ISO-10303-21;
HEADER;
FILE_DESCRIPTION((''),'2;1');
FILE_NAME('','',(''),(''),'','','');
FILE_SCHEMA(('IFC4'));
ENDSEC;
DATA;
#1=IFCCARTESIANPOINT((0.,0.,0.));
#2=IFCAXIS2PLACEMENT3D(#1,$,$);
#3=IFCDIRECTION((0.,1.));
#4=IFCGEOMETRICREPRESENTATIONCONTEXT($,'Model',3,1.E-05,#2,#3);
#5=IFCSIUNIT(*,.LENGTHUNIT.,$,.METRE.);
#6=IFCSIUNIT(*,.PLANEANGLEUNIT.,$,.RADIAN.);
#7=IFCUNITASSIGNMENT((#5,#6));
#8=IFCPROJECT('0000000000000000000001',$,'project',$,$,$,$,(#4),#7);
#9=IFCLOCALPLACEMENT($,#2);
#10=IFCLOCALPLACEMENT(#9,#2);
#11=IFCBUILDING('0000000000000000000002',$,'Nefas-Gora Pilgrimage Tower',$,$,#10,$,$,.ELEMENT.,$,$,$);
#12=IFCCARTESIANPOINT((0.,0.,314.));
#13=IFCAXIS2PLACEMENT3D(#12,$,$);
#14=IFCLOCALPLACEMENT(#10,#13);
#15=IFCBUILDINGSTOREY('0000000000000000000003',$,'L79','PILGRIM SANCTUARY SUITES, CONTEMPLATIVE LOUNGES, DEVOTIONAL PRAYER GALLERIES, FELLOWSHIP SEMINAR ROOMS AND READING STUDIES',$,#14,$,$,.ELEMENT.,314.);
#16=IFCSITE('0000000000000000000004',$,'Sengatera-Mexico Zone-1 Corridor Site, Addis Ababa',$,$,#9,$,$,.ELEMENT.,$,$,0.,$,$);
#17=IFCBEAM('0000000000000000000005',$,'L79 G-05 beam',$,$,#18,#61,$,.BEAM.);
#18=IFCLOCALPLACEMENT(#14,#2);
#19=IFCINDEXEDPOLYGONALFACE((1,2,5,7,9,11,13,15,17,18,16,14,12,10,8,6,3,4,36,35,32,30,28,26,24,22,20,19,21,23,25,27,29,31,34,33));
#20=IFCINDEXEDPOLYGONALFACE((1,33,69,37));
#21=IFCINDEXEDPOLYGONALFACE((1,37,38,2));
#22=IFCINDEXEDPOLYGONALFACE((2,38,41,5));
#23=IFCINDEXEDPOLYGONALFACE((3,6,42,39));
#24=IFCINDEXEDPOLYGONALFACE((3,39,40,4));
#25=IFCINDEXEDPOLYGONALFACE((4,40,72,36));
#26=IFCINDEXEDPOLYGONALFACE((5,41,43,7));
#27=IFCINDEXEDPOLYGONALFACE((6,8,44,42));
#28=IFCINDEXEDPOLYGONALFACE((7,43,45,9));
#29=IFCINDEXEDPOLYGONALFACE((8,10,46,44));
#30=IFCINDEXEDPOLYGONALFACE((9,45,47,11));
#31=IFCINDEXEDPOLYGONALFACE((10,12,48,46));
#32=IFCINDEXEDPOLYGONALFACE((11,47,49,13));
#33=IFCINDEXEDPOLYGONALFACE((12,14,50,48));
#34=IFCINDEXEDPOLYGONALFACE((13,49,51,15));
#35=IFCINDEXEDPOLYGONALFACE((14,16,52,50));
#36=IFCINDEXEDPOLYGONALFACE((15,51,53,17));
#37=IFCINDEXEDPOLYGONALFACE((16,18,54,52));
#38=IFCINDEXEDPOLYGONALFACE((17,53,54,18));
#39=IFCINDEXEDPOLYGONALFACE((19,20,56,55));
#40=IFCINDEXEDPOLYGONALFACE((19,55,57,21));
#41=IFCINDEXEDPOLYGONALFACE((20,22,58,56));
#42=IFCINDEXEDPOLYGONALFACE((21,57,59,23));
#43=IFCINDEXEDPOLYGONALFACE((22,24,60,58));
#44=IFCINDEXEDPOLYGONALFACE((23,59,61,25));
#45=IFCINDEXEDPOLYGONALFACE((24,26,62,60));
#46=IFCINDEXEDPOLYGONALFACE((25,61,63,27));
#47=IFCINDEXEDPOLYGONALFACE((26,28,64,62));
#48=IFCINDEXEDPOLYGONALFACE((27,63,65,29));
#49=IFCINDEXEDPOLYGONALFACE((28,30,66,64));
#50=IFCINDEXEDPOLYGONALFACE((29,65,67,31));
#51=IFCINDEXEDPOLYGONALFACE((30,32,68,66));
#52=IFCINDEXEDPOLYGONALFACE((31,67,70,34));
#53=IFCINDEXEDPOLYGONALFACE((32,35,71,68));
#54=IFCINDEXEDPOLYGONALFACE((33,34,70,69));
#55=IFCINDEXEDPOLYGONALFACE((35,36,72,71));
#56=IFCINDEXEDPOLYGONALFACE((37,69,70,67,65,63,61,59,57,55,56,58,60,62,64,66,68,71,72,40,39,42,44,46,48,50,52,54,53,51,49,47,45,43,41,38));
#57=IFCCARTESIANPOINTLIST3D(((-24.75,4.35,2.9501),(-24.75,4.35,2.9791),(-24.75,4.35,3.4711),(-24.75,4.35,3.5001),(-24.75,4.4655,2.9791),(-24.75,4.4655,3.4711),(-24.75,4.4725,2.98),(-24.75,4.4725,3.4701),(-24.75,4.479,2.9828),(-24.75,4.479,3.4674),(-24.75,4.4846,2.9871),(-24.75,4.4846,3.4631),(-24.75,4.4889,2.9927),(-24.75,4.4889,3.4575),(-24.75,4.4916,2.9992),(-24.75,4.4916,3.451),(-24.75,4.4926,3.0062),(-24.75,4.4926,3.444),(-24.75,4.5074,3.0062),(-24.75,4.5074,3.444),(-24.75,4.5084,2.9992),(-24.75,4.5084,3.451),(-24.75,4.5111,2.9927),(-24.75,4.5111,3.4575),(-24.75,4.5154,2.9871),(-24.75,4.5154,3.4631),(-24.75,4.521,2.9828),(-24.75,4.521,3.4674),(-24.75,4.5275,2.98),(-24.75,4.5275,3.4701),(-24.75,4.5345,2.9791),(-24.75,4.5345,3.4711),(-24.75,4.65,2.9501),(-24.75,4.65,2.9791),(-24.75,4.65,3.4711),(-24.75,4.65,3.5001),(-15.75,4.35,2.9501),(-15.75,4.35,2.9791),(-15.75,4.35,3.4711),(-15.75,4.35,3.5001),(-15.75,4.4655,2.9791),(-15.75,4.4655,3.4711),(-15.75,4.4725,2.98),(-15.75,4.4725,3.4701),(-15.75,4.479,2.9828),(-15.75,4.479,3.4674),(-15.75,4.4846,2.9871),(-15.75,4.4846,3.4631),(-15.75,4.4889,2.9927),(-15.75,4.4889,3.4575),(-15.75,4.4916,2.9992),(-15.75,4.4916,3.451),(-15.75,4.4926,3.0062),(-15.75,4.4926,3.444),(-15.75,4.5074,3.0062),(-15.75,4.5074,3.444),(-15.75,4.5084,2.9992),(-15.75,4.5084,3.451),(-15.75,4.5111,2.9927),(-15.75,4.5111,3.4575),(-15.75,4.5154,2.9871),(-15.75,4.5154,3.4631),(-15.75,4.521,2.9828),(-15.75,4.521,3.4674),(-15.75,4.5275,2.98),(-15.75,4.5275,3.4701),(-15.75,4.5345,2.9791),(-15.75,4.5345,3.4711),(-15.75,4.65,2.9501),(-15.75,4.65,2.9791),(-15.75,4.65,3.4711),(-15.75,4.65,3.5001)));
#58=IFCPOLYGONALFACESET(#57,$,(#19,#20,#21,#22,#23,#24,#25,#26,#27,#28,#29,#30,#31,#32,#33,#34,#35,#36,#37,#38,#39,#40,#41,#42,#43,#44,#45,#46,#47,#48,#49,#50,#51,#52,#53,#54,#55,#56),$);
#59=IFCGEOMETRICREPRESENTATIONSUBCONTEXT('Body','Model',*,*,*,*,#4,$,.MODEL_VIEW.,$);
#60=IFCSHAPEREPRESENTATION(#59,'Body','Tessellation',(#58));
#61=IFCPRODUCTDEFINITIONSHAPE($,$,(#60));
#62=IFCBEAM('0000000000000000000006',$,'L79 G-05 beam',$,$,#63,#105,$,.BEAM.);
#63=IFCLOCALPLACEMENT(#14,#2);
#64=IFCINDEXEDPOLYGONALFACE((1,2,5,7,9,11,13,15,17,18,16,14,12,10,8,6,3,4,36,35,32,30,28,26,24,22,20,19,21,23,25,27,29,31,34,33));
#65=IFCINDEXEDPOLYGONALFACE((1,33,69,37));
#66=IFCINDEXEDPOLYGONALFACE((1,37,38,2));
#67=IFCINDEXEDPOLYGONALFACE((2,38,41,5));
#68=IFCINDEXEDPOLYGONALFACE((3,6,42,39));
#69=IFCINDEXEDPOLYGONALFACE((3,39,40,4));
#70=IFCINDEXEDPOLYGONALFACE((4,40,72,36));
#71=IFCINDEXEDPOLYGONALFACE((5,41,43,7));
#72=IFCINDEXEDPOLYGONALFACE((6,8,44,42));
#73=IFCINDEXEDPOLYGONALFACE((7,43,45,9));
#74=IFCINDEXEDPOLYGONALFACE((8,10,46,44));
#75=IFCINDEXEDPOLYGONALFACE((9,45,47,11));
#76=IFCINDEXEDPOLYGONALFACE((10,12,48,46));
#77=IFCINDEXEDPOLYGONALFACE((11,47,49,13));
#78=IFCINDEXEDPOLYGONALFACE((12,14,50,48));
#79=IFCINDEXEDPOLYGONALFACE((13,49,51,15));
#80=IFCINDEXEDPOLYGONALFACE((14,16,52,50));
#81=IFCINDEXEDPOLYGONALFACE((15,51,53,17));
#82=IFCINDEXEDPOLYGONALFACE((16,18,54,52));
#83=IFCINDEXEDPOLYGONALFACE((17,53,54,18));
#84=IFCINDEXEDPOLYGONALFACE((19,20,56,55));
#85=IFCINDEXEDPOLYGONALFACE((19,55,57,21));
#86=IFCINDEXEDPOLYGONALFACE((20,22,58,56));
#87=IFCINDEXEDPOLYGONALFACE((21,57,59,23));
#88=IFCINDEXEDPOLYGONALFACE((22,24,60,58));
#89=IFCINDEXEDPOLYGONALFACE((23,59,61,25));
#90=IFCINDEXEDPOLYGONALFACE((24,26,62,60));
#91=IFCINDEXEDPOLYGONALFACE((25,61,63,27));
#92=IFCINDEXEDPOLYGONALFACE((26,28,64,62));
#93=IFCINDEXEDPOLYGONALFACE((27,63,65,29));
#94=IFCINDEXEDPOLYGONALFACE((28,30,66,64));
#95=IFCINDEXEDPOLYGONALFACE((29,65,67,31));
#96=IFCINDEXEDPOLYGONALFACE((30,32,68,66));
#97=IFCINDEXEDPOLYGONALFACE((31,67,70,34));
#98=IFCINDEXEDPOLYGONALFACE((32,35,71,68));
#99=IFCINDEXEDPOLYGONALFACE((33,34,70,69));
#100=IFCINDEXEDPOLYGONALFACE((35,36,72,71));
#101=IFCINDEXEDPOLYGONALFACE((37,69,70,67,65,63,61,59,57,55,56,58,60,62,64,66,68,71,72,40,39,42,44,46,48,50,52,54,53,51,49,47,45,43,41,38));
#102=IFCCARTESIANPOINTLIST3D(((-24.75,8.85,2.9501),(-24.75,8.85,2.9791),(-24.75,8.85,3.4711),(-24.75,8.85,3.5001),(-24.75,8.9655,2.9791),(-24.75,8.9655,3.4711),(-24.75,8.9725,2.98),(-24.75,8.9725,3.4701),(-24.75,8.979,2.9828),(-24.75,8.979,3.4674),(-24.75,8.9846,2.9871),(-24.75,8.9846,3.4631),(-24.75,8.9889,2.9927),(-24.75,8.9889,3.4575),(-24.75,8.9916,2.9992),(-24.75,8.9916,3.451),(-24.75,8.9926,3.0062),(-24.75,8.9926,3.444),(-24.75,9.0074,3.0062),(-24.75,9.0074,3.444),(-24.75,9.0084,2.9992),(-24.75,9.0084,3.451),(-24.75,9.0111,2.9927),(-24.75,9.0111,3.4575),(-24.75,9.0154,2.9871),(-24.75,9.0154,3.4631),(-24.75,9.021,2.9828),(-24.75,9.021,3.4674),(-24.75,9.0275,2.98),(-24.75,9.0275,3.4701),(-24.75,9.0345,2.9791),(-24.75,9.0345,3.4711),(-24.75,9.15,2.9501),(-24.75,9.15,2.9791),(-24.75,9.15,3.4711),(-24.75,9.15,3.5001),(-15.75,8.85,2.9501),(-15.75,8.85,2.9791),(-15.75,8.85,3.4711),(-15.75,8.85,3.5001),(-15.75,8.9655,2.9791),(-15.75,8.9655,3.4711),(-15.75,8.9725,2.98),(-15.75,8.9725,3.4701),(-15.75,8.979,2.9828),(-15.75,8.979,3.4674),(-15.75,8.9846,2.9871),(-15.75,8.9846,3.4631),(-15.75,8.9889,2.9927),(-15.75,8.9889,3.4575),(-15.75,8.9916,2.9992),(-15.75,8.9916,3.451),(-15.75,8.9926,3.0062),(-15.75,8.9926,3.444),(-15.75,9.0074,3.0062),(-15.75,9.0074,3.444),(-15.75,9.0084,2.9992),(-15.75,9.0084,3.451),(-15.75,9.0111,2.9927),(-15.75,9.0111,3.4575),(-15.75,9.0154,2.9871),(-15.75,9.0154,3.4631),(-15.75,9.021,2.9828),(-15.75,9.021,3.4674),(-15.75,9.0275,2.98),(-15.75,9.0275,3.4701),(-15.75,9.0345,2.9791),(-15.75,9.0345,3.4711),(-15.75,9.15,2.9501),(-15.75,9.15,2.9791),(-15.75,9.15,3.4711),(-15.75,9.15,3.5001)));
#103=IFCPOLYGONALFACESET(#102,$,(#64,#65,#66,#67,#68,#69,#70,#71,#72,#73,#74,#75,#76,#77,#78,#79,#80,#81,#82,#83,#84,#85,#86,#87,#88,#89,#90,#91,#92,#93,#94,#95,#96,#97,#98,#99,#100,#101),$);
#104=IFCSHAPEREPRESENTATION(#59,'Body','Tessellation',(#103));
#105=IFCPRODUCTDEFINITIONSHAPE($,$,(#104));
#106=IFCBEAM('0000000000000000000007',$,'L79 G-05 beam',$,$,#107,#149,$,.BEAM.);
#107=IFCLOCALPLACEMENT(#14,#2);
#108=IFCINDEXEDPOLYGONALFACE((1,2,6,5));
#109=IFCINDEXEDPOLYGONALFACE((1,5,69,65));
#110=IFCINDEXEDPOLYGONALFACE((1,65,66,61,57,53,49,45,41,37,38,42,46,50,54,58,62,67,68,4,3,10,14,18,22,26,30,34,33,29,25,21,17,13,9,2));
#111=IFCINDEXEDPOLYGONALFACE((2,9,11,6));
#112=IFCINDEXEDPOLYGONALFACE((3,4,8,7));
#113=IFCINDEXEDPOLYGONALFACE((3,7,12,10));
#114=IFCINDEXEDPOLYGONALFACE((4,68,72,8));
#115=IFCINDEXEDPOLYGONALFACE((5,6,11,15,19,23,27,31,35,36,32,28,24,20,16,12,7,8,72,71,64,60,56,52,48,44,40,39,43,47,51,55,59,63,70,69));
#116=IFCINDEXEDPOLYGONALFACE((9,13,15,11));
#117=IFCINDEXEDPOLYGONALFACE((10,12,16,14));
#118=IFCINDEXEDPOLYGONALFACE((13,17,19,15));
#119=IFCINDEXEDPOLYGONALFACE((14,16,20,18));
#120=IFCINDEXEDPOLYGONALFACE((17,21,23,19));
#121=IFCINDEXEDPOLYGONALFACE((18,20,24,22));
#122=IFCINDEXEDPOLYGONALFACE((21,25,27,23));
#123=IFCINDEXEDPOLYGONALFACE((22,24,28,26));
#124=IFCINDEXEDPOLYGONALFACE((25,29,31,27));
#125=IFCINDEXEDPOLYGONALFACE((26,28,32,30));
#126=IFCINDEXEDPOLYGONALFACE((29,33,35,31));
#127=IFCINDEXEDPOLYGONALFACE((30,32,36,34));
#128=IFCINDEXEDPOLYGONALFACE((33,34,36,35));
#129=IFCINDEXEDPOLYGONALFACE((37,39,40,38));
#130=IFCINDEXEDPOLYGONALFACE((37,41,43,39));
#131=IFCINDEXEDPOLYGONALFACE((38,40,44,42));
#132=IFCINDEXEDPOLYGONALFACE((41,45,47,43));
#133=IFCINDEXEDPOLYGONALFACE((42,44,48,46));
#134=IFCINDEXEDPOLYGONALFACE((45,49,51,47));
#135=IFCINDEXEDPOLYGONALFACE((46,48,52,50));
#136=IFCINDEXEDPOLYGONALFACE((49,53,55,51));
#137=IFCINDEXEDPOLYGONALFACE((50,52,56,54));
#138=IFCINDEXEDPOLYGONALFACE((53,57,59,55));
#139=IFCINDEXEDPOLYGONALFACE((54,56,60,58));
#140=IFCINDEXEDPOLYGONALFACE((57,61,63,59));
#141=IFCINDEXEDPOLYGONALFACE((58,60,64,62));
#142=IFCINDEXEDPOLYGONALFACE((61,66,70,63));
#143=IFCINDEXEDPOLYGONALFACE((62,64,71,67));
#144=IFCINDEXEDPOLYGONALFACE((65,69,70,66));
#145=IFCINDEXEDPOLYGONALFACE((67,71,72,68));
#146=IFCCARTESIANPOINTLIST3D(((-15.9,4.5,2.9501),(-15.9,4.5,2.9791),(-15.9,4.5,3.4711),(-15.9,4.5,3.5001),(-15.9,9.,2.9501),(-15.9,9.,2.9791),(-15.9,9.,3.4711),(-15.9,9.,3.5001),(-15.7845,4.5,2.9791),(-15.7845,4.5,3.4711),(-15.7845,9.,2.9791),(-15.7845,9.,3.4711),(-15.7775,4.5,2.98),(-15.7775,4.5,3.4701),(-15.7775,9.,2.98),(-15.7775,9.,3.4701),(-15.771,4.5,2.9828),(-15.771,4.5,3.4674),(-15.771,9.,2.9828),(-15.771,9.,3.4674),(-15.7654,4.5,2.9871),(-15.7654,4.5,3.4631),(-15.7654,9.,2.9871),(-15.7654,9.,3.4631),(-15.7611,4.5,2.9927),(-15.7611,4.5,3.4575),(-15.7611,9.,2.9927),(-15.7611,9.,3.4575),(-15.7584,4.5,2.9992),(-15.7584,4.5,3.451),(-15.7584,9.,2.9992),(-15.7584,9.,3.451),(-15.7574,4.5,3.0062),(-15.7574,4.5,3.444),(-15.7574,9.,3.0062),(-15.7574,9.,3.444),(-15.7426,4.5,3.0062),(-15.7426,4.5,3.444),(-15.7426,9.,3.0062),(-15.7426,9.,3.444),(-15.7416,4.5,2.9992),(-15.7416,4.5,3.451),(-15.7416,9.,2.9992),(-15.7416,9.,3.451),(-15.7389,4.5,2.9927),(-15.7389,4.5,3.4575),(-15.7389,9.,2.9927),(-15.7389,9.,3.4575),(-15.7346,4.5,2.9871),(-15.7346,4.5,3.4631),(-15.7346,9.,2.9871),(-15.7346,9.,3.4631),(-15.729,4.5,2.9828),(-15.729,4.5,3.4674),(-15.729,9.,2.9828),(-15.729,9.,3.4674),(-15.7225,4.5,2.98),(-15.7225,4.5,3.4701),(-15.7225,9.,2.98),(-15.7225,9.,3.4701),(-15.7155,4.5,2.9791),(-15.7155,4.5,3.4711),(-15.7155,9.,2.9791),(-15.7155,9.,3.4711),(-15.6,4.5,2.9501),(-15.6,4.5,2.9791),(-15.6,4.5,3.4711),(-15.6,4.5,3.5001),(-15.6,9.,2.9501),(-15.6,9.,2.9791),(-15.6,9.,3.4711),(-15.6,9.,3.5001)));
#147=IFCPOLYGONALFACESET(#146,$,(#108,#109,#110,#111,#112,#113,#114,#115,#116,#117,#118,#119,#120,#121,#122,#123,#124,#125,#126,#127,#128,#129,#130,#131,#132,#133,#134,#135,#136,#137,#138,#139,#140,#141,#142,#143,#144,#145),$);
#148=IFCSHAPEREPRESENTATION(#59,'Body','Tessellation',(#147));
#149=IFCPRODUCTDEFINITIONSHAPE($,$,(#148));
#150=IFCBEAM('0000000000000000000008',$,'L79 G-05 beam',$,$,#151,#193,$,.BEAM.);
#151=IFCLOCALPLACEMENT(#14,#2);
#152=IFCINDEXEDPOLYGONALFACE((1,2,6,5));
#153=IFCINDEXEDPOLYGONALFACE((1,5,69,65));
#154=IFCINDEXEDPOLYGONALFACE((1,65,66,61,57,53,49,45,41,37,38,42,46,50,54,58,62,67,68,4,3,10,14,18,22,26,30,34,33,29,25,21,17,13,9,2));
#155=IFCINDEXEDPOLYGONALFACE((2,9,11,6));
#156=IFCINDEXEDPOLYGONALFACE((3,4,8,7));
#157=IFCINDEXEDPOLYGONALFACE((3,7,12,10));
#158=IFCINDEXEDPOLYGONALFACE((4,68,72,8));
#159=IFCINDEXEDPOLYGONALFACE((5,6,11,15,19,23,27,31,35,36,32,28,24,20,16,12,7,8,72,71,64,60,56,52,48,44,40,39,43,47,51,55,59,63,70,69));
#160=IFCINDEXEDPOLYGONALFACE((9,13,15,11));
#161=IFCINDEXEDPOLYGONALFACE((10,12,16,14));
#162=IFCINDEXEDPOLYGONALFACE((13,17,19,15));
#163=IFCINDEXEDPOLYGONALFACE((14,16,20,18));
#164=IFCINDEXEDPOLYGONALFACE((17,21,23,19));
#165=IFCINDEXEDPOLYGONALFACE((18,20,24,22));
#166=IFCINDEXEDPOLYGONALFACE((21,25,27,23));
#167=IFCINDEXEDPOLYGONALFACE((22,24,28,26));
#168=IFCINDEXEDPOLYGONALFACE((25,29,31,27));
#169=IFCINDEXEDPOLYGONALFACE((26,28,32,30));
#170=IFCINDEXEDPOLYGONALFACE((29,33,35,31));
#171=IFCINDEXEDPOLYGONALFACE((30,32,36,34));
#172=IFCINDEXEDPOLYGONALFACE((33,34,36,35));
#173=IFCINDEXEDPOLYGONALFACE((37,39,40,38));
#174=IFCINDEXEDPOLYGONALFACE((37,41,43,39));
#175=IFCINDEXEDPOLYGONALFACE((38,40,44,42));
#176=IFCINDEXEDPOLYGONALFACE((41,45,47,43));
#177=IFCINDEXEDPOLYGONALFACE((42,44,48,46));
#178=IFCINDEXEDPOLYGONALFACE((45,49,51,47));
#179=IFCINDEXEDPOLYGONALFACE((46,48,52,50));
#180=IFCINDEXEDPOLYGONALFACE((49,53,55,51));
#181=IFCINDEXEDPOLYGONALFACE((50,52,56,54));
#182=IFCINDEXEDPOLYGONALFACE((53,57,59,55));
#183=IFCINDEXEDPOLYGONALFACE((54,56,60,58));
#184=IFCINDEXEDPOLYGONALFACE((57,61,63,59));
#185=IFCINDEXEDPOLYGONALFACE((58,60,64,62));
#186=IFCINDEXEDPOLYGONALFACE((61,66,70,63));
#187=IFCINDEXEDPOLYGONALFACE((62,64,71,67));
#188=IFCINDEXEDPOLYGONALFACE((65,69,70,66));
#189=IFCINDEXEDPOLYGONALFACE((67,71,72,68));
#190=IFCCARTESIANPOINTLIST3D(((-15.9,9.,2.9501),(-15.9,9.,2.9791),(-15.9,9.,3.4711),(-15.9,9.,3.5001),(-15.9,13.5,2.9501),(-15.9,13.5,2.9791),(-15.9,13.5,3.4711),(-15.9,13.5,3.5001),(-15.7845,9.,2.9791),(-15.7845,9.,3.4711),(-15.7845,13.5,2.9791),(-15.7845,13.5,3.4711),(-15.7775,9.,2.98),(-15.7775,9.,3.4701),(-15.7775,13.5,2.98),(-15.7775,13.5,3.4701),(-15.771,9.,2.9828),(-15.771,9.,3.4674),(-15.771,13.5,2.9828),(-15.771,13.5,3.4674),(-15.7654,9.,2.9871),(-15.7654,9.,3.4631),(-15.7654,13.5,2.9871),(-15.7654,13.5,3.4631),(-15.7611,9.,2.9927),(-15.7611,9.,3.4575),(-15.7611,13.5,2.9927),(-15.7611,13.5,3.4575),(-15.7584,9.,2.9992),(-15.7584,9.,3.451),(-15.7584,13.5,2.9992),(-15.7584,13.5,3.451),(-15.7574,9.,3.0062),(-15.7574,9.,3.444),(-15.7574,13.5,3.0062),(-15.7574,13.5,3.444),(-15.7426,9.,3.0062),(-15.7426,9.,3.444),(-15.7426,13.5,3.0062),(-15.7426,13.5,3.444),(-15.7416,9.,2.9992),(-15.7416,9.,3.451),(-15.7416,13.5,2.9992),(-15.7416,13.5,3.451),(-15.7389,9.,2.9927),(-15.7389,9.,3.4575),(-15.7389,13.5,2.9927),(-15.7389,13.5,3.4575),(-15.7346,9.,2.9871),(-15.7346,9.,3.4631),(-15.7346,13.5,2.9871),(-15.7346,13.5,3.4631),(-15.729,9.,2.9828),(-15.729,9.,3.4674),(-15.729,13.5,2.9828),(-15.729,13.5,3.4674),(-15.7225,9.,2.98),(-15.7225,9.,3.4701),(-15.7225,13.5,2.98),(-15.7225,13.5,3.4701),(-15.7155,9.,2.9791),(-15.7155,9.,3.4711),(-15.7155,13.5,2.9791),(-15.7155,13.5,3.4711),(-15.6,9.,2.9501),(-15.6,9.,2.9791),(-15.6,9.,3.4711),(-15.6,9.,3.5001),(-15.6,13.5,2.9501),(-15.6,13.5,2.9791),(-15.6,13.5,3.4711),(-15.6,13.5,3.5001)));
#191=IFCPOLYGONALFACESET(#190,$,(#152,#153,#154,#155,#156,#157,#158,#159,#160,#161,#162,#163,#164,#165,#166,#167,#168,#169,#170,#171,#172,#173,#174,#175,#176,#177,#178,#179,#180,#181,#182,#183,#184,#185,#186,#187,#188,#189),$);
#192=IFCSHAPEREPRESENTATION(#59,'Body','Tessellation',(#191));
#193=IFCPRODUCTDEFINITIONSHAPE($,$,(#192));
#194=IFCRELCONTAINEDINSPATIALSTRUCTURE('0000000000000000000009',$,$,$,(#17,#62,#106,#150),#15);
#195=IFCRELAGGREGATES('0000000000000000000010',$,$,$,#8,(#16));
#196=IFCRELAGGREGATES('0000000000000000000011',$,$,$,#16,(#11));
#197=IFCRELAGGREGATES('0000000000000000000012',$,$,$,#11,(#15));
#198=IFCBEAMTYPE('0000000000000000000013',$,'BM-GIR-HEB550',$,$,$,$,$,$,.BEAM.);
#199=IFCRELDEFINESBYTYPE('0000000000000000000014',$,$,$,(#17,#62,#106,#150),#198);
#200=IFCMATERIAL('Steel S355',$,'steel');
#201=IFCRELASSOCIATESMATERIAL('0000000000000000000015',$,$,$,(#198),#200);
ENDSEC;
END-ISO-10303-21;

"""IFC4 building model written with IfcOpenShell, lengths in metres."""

from ifc_helpers import new_model, si_unit, direction, frame, origin, origin_2d, place, context, subcontext, project, spatial, i_section, extrude, source, transform, mapped, material, material_profile, profile_set, type_object, element, save


model = new_model("IFC4")

# Units and contexts
model_context = context("Model", 3, precision=1e-05, world=origin(), true_north=direction((0.0, 1.0)))
body_context = subcontext(model_context, "Body", "Model", "MODEL_VIEW")
ifc_project = project(units=[si_unit("LENGTHUNIT", "METRE"), si_unit("PLANEANGLEUNIT", "RADIAN")], contexts=[model_context])

# Site, building, storey
site_placement = place(None, origin())
site = spatial("IfcSite", under=ifc_project, at=site_placement, Name="Sengatera-Mexico Zone-1 Corridor Site, Addis Ababa", CompositionType="ELEMENT", RefElevation=0.0)
building_placement = place(site_placement, origin())
building = spatial("IfcBuilding", under=site, at=building_placement, Name="Nefas-Gora Pilgrimage Tower", CompositionType="ELEMENT")
storey_placement = place(building_placement, frame((0.0, 0.0, 314.0)))
storey = spatial("IfcBuildingStorey", under=building, at=storey_placement, Name="L79", Description="PILGRIM SANCTUARY SUITES, CONTEMPLATIVE LOUNGES, DEVOTIONAL PRAYER GALLERIES, FELLOWSHIP SEMINAR ROOMS AND READING STUDIES", CompositionType="ELEMENT", Elevation=314.0)

# Shared definitions
ifc_material_1 = material(Name="Steel S355", Category="steel")

# Beams
ifc_material_profile_1 = material_profile(ifc_material_1, i_section(OverallWidth=0.3, OverallDepth=0.55, WebThickness=0.0149, FlangeThickness=0.0291, FilletRadius=0.0271, at=origin_2d()), Name="HEB 550")
ifc_profile_set_1 = profile_set([ifc_material_profile_1], Name="Steel S355")
beam_type_1 = type_object("IfcBeamType", Name="BM-GIR-HEB550", PredefinedType="BEAM", material=ifc_profile_set_1)
shared_shape_1 = source(origin(), body_context, "Body", "SweptSolid", [
    extrude(i_section(OverallWidth=0.3, OverallDepth=0.55, WebThickness=0.0149, FlangeThickness=0.0291, FilletRadius=0.0271, at=origin_2d()), origin(), (0.0, 0.0, 1.0), 9.0),
])
for number, where, z_axis, x_axis, name in (
    (1, (-24.75, 4.5, 3.2251), (1.0, 0.0, 0.0), (0.0, 1.0, 0.0), "L79 G-05 beam"),
    (2, (-24.75, 9.0, 3.2251), (1.0, 0.0, 0.0), (0.0, 1.0, 0.0), "L79 G-05 beam"),
):
    element("IfcBeam", number, at=place(storey_placement, frame(where, z_axis=z_axis, x_axis=x_axis)), inside=storey, type_object=beam_type_1, Name=name, PredefinedType="BEAM", context=body_context, shape_type="MappedRepresentation", body=[
        mapped(shared_shape_1, transform((0.0, 0.0, 0.0), x_axis=(1.0, 0.0, 0.0), y_axis=(0.0, 1.0, 0.0), z_axis=(0.0, 0.0, 1.0), scale=1.0)),
    ])
shared_shape_2 = source(origin(), body_context, "Body", "SweptSolid", [
    extrude(i_section(OverallWidth=0.3, OverallDepth=0.55, WebThickness=0.0149, FlangeThickness=0.0291, FilletRadius=0.0271, at=origin_2d()), origin(), (0.0, 0.0, 1.0), 4.5),
])
for number, where, z_axis, x_axis, name in (
    (3, (-15.75, 4.5, 3.2251), (0.0, 1.0, 0.0), (-1.0, 0.0, 0.0), "L79 G-05 beam"),
    (4, (-15.75, 9.0, 3.2251), (0.0, 1.0, 0.0), (-1.0, 0.0, 0.0), "L79 G-05 beam"),
):
    element("IfcBeam", number, at=place(storey_placement, frame(where, z_axis=z_axis, x_axis=x_axis)), inside=storey, type_object=beam_type_1, Name=name, PredefinedType="BEAM", context=body_context, shape_type="MappedRepresentation", body=[
        mapped(shared_shape_2, transform((0.0, 0.0, 0.0), x_axis=(1.0, 0.0, 0.0), y_axis=(0.0, 1.0, 0.0), z_axis=(0.0, 0.0, 1.0), scale=1.0)),
    ])

save(model, "model.ifc")
